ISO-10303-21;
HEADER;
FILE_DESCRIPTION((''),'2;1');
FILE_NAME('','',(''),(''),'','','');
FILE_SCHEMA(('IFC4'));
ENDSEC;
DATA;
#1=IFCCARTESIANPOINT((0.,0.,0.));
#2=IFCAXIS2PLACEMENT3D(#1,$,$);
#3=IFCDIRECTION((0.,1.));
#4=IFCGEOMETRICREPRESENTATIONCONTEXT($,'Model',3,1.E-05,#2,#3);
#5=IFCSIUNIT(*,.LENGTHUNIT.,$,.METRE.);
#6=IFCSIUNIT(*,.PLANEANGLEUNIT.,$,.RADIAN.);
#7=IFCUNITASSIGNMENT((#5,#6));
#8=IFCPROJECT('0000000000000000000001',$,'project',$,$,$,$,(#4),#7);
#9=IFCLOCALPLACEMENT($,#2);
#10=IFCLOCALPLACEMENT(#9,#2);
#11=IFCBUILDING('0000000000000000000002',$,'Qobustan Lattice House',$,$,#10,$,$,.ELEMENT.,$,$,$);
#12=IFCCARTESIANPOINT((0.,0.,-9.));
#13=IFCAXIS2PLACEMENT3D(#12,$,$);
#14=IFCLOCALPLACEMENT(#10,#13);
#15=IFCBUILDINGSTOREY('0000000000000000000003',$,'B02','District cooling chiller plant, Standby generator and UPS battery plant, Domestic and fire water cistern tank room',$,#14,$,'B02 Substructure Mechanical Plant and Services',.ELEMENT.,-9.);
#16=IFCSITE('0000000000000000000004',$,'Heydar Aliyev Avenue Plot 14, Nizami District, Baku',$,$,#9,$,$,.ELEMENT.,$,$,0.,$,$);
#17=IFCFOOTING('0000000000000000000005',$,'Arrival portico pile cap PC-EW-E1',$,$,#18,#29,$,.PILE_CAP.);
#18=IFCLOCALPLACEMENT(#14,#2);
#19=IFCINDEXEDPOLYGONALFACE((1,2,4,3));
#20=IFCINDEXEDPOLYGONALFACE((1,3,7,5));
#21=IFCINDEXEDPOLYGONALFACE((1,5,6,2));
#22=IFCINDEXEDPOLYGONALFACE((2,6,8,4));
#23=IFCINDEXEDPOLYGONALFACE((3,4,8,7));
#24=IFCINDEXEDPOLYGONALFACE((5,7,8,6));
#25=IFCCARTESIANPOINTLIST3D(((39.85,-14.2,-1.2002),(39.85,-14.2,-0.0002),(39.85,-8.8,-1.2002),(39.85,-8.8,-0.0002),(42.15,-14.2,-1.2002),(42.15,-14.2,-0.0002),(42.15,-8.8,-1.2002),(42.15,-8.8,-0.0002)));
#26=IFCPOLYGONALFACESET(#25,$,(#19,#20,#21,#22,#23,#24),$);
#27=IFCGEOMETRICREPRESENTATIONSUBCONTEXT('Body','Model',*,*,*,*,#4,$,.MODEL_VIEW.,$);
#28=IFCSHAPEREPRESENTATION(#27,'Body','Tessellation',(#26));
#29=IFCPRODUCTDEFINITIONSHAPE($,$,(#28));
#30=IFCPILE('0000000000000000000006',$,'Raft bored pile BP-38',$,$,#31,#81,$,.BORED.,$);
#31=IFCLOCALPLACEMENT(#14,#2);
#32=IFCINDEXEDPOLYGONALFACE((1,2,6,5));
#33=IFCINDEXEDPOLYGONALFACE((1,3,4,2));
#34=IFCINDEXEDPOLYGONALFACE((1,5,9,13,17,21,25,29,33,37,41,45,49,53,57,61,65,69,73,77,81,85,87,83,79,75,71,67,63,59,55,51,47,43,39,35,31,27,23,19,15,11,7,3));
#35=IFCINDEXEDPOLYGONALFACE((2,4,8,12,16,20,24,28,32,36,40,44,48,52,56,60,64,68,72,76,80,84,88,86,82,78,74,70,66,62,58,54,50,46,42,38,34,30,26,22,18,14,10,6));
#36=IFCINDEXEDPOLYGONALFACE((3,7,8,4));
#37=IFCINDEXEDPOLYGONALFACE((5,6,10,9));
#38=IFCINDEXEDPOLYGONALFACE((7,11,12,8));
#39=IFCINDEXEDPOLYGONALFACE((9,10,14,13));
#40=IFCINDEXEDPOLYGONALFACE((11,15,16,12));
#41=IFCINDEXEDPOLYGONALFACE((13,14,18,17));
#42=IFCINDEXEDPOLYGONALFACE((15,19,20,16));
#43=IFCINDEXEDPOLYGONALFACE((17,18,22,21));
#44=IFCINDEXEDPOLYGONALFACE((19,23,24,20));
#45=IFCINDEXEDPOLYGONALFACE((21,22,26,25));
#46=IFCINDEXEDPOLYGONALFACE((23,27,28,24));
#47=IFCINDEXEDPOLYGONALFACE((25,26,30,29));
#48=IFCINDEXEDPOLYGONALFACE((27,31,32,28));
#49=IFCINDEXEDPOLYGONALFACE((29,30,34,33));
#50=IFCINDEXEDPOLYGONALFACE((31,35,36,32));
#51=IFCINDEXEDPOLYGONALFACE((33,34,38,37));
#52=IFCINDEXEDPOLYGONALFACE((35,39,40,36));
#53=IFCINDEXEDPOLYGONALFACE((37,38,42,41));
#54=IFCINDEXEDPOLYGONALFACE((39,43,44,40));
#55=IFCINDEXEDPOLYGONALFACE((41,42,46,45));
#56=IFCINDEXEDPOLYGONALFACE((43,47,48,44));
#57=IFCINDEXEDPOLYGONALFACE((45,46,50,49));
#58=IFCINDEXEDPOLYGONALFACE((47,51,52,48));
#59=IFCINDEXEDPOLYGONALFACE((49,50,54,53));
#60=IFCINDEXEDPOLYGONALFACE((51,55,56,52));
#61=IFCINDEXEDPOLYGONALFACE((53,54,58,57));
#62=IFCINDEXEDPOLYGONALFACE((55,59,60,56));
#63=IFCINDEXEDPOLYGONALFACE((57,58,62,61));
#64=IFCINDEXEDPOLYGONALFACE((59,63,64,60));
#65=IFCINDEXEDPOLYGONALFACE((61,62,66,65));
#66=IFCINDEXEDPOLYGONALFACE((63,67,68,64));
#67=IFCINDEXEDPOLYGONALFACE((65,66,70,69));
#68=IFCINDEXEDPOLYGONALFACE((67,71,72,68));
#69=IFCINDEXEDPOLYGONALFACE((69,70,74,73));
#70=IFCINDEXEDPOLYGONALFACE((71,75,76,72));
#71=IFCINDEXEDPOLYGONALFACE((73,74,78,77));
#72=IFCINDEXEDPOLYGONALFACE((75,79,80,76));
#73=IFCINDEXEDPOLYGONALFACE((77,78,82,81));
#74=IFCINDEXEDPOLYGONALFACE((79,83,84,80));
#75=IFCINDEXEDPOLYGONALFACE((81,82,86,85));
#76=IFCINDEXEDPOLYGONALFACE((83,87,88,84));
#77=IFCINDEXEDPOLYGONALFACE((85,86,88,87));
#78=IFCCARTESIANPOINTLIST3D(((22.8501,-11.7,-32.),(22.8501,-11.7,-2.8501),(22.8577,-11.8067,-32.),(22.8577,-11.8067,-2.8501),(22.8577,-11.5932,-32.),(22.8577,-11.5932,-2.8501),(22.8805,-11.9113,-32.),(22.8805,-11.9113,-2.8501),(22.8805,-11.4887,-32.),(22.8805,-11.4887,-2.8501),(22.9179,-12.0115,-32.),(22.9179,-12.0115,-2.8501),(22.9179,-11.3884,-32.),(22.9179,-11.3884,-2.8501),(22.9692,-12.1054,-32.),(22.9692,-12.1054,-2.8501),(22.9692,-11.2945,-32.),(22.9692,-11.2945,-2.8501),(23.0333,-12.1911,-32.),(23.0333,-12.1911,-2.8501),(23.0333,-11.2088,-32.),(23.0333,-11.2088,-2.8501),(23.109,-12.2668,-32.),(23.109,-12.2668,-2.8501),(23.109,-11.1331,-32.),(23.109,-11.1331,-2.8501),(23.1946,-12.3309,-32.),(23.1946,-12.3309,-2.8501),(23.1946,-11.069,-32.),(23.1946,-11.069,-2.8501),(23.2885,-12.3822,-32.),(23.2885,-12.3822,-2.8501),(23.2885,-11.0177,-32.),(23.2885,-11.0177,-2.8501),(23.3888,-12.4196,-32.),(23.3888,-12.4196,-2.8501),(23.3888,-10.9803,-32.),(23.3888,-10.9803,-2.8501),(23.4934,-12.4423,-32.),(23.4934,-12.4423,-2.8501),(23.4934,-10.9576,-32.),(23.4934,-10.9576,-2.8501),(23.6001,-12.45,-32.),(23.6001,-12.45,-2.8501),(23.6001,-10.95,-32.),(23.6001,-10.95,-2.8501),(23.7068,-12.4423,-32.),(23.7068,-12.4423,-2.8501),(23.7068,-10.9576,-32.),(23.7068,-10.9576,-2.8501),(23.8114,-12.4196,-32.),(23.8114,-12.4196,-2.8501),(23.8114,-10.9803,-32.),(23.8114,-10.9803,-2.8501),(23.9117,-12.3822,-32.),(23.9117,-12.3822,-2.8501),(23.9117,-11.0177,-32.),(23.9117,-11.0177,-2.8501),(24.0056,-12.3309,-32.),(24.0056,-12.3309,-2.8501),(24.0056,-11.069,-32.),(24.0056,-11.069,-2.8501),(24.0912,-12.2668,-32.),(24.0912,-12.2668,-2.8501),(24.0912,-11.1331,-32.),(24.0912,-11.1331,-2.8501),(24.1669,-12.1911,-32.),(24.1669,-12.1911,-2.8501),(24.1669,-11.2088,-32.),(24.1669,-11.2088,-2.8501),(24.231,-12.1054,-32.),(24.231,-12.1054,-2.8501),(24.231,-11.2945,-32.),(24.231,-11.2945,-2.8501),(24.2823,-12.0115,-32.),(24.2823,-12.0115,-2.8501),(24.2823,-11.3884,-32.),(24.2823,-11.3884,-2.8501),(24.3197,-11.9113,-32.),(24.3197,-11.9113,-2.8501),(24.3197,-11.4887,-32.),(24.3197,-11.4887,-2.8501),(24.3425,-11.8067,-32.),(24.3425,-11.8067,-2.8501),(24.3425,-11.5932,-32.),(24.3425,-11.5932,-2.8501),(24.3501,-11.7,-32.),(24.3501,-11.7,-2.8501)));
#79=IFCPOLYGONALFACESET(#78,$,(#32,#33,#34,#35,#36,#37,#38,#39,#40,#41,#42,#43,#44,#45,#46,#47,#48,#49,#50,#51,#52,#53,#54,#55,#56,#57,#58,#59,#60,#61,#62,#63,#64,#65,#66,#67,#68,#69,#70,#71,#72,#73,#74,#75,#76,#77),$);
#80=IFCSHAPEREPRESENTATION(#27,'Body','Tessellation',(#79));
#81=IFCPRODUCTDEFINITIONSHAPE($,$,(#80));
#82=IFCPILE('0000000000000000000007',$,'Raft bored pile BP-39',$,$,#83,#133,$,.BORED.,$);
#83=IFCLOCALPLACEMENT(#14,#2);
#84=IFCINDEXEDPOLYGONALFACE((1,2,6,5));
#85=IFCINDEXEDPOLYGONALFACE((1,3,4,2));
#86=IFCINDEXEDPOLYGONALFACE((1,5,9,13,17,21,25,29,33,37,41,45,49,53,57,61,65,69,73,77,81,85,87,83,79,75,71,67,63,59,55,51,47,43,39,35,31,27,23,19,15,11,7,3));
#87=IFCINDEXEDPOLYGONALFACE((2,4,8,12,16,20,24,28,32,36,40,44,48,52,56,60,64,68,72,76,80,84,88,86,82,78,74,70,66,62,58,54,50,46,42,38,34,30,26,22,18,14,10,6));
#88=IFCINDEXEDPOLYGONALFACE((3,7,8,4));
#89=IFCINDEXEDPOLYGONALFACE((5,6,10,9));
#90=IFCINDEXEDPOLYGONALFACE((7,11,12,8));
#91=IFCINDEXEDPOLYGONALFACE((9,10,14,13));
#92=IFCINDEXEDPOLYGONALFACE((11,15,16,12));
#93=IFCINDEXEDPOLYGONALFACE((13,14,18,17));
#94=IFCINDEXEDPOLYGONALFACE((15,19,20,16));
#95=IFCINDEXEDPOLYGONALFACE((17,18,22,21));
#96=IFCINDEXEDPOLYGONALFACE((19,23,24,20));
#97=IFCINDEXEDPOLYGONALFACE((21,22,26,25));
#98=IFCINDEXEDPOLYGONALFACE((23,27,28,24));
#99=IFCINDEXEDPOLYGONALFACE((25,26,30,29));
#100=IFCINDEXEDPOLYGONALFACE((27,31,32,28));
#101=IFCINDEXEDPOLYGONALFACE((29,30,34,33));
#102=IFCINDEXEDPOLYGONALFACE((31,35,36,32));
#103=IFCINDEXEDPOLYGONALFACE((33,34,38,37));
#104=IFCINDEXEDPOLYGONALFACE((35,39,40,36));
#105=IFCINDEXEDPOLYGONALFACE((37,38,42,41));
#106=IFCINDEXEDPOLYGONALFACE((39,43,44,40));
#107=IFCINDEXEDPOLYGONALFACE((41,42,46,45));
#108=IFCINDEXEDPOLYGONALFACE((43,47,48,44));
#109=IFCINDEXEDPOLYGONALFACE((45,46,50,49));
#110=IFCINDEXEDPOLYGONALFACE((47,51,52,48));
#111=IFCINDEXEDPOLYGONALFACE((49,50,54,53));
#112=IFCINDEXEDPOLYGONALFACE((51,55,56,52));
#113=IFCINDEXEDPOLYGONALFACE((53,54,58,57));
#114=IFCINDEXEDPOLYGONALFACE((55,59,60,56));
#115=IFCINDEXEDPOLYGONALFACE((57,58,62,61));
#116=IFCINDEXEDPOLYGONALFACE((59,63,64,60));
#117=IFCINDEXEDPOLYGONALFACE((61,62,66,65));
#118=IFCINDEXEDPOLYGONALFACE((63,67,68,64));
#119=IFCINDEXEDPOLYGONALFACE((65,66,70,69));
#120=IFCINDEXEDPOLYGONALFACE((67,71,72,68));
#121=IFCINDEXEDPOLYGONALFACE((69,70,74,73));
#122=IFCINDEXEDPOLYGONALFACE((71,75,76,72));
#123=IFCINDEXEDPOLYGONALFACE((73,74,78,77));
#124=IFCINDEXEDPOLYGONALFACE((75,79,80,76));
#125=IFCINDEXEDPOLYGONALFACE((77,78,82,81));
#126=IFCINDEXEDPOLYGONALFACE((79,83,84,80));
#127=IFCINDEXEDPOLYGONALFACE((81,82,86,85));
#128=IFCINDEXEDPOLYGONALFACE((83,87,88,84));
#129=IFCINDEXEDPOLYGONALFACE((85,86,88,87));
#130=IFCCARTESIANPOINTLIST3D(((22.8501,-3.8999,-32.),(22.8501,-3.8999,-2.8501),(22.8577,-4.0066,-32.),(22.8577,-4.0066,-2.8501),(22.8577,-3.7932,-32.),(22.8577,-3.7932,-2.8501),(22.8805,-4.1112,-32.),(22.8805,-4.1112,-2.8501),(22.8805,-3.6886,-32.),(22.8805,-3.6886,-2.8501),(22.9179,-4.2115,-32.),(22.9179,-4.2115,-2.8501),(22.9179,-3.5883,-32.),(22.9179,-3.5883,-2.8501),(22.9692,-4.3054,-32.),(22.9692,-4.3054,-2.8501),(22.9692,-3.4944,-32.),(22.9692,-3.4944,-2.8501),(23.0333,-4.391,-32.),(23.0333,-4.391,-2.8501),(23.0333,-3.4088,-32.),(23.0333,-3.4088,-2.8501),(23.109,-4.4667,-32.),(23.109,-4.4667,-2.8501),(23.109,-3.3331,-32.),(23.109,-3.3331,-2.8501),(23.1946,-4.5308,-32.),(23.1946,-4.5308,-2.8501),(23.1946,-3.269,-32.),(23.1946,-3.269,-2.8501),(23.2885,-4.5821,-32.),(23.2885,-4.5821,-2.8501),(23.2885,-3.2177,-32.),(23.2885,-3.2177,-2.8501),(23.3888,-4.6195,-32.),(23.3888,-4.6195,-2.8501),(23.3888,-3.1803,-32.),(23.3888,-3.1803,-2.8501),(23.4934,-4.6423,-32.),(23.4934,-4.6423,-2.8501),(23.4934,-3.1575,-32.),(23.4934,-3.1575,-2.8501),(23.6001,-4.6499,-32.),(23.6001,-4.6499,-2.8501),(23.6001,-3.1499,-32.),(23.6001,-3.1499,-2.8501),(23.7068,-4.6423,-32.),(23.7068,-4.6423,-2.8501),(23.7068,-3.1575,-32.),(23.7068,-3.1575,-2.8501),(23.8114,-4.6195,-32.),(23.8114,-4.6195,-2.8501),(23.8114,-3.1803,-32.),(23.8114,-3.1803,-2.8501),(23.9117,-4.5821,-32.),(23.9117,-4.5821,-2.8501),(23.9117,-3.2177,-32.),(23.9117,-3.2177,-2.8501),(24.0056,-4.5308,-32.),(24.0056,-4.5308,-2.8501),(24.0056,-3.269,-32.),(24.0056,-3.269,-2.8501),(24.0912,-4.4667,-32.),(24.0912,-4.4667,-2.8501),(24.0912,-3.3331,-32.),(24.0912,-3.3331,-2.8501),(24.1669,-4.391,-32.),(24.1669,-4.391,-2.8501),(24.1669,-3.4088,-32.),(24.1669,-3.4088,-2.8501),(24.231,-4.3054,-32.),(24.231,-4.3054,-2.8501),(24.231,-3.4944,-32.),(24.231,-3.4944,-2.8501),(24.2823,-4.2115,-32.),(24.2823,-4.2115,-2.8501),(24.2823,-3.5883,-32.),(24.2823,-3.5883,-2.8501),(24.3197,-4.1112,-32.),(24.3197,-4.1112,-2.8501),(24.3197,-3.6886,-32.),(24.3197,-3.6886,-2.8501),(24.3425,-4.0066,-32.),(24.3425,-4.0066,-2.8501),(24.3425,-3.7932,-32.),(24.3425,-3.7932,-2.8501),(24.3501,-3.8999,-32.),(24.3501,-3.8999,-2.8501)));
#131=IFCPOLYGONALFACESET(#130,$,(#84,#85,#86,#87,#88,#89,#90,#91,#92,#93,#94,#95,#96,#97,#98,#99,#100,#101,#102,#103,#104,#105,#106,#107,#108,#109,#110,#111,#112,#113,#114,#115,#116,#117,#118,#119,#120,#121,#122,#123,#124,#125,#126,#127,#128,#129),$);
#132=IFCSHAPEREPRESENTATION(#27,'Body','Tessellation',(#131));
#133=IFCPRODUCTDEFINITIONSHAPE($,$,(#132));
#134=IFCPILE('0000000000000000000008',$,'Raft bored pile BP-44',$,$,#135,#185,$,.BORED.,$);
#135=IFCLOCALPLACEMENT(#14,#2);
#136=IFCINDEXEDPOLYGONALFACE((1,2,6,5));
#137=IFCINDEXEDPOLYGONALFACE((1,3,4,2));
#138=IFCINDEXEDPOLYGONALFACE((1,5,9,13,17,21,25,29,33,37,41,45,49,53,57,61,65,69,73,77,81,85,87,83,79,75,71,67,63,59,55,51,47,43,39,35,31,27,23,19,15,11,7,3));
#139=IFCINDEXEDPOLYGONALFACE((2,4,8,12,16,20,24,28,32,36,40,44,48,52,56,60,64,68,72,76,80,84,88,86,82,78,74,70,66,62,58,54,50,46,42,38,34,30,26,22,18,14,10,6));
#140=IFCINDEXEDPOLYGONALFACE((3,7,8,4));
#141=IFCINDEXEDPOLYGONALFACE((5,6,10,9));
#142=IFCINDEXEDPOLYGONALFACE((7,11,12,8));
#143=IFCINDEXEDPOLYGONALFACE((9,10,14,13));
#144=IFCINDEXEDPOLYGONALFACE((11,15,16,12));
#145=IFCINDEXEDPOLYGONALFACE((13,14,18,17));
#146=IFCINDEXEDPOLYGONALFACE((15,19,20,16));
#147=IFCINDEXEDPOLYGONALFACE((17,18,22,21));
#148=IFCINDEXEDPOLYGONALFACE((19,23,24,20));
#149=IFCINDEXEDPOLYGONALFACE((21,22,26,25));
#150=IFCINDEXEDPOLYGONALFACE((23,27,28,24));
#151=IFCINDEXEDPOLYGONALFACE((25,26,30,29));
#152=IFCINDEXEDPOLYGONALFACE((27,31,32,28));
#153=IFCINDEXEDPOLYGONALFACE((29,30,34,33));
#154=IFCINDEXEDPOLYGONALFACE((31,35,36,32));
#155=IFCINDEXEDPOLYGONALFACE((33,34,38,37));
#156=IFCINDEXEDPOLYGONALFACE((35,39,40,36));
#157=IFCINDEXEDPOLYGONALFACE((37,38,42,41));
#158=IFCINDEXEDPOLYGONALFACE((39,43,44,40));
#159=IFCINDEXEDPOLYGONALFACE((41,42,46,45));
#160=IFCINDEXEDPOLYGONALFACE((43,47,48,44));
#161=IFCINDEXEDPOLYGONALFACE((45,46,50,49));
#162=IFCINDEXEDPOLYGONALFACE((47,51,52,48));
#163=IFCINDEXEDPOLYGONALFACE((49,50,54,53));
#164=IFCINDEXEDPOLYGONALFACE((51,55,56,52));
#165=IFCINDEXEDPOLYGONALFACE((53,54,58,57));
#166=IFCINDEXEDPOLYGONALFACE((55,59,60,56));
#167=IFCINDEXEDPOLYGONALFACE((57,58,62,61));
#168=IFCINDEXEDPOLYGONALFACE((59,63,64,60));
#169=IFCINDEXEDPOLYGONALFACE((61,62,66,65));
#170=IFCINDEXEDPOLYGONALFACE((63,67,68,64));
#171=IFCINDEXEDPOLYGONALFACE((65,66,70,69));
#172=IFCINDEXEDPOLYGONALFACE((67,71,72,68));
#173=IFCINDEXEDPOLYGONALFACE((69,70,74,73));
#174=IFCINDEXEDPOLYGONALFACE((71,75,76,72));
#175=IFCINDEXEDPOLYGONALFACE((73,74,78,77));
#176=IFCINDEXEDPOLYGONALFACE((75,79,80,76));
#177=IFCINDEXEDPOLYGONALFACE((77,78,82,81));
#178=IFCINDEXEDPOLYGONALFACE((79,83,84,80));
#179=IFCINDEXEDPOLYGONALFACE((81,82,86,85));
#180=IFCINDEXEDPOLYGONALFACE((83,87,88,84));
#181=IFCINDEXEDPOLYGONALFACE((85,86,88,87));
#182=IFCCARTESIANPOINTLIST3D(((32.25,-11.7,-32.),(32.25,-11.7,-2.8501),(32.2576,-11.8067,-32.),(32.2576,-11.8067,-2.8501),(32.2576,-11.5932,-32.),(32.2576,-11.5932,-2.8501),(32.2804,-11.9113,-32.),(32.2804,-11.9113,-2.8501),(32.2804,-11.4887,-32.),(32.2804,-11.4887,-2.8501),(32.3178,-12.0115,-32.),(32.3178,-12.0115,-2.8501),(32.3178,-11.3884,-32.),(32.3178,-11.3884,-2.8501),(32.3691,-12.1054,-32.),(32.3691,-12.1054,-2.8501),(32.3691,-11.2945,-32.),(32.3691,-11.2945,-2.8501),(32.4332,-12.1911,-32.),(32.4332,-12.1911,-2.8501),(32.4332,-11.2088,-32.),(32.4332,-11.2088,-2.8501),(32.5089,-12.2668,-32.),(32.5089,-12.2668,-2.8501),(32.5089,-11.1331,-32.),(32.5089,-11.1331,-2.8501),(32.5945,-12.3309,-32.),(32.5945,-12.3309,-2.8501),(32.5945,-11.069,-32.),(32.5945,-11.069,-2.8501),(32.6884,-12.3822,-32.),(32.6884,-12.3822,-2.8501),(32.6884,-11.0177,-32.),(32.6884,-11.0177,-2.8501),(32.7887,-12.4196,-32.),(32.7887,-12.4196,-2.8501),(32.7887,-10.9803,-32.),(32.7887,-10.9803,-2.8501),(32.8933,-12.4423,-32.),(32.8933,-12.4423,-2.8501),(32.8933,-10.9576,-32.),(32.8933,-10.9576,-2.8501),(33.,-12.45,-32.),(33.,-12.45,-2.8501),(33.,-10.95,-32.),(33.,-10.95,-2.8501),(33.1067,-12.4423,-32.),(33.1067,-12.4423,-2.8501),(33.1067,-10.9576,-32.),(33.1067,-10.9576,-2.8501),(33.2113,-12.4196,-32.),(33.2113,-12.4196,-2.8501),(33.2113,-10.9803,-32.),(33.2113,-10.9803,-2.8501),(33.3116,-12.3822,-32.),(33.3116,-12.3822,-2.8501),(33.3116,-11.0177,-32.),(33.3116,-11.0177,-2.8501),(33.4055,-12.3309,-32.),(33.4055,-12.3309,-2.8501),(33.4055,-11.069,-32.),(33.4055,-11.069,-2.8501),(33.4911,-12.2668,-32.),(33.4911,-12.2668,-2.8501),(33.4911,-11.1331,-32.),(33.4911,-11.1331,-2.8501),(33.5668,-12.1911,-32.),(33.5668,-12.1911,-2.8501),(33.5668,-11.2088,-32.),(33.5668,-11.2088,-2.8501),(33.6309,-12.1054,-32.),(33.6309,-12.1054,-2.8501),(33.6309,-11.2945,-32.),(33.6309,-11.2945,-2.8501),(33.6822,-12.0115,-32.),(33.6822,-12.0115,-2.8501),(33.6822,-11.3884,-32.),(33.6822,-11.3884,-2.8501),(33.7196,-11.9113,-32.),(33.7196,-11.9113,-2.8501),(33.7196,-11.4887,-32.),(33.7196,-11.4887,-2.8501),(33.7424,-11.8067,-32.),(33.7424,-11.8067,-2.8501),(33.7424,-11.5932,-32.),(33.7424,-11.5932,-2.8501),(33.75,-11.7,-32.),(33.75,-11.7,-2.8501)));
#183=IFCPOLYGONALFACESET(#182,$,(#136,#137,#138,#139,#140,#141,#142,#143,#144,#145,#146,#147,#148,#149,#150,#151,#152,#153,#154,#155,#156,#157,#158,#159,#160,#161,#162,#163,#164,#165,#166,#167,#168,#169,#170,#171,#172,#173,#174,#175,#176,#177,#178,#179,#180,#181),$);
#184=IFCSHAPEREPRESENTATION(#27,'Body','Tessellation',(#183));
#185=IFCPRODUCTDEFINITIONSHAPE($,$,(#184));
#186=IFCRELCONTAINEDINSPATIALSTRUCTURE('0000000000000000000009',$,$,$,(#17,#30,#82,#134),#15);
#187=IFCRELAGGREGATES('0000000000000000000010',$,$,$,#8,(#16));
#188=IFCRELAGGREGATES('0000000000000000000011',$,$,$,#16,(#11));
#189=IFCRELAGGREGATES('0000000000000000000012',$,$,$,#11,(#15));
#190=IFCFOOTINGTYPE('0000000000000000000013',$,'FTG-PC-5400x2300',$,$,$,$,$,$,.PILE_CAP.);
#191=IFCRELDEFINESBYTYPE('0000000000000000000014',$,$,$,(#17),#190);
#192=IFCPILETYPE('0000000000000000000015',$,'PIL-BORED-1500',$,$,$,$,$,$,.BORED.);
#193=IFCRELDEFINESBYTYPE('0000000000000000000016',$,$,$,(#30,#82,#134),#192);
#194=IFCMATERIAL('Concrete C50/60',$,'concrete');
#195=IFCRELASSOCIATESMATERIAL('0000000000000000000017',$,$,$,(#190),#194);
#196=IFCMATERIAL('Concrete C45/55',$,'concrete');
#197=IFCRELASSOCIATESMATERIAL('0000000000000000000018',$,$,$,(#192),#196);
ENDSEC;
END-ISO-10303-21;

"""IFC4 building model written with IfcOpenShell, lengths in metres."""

from ifc_helpers import new_model, si_unit, direction, frame, origin, origin_2d, place, context, subcontext, project, spatial, rectangle, circle, extrude, material, material_profile, profile_set, type_object, element, save


model = new_model("IFC4")

# Units and contexts
model_context = context("Model", 3, precision=1e-05, world=origin(), true_north=direction((0.0, 1.0)))
body_context = subcontext(model_context, "Body", "Model", "MODEL_VIEW")
ifc_project = project(units=[si_unit("LENGTHUNIT", "METRE"), si_unit("PLANEANGLEUNIT", "RADIAN")], contexts=[model_context])

# Site, building, storey
site_placement = place(None, origin())
site = spatial("IfcSite", under=ifc_project, at=site_placement, Name="Heydar Aliyev Avenue Plot 14, Nizami District, Baku", CompositionType="ELEMENT", RefElevation=0.0)
building_placement = place(site_placement, origin())
building = spatial("IfcBuilding", under=site, at=building_placement, Name="Qobustan Lattice House", CompositionType="ELEMENT")
storey_placement = place(building_placement, frame((0.0, 0.0, -9.0)))
storey = spatial("IfcBuildingStorey", under=building, at=storey_placement, Name="B02", Description="District cooling chiller plant, Standby generator and UPS battery plant, Domestic and fire water cistern tank room", LongName="B02 Substructure Mechanical Plant and Services", CompositionType="ELEMENT", Elevation=-9.0)

# Footing
ifc_material_1 = material(Name="Concrete C50/60", Category="concrete")
footing_type = type_object("IfcFootingType", Name="FTG-PC-5400x2300", PredefinedType="PILE_CAP", material=ifc_material_1)
footing_placement = place(storey_placement, frame((41.0, -11.5, -1.2002), z_axis=(0.0, 0.0, 1.0), x_axis=(1.0, 0.0, 0.0)))
element("IfcFooting", 1, at=footing_placement, inside=storey, type_object=footing_type, Name="Arrival portico pile cap PC-EW-E1", PredefinedType="PILE_CAP", context=body_context, shape_type="SweptSolid", body=[
    extrude(rectangle(XDim=2.3, YDim=5.3999, at=origin_2d()), origin(), (0.0, 0.0, 1.0), 1.2),
])

# Piles
ifc_material_2 = material(Name="Concrete C45/55", Category="concrete")
ifc_material_profile_1 = material_profile(ifc_material_2, circle(Radius=0.75, at=origin_2d()), Name="PILE-D1500")
ifc_profile_set_1 = profile_set([ifc_material_profile_1], Name="Concrete C45/55")
pile_type = type_object("IfcPileType", Name="PIL-BORED-1500", PredefinedType="BORED", material=ifc_profile_set_1)
for number, where, z_axis, x_axis, name in (
    (2, (23.6001, -11.7, -2.8501), (0.0, 0.0, -1.0), (1.0, 0.0, 0.0), "Raft bored pile BP-38"),
    (3, (23.6001, -3.8999, -2.8501), (0.0, 0.0, -1.0), (1.0, 0.0, 0.0), "Raft bored pile BP-39"),
    (4, (33.0, -11.7, -2.8501), (0.0, 0.0, -1.0), (1.0, 0.0, 0.0), "Raft bored pile BP-44"),
):
    element("IfcPile", number, at=place(storey_placement, frame(where, z_axis=z_axis, x_axis=x_axis)), inside=storey, type_object=pile_type, Name=name, PredefinedType="BORED", context=body_context, shape_type="SweptSolid", body=[
        extrude(circle(Radius=0.75, at=origin_2d()), origin(), (0.0, 0.0, 1.0), 29.1499),
    ])

save(model, "model.ifc")
